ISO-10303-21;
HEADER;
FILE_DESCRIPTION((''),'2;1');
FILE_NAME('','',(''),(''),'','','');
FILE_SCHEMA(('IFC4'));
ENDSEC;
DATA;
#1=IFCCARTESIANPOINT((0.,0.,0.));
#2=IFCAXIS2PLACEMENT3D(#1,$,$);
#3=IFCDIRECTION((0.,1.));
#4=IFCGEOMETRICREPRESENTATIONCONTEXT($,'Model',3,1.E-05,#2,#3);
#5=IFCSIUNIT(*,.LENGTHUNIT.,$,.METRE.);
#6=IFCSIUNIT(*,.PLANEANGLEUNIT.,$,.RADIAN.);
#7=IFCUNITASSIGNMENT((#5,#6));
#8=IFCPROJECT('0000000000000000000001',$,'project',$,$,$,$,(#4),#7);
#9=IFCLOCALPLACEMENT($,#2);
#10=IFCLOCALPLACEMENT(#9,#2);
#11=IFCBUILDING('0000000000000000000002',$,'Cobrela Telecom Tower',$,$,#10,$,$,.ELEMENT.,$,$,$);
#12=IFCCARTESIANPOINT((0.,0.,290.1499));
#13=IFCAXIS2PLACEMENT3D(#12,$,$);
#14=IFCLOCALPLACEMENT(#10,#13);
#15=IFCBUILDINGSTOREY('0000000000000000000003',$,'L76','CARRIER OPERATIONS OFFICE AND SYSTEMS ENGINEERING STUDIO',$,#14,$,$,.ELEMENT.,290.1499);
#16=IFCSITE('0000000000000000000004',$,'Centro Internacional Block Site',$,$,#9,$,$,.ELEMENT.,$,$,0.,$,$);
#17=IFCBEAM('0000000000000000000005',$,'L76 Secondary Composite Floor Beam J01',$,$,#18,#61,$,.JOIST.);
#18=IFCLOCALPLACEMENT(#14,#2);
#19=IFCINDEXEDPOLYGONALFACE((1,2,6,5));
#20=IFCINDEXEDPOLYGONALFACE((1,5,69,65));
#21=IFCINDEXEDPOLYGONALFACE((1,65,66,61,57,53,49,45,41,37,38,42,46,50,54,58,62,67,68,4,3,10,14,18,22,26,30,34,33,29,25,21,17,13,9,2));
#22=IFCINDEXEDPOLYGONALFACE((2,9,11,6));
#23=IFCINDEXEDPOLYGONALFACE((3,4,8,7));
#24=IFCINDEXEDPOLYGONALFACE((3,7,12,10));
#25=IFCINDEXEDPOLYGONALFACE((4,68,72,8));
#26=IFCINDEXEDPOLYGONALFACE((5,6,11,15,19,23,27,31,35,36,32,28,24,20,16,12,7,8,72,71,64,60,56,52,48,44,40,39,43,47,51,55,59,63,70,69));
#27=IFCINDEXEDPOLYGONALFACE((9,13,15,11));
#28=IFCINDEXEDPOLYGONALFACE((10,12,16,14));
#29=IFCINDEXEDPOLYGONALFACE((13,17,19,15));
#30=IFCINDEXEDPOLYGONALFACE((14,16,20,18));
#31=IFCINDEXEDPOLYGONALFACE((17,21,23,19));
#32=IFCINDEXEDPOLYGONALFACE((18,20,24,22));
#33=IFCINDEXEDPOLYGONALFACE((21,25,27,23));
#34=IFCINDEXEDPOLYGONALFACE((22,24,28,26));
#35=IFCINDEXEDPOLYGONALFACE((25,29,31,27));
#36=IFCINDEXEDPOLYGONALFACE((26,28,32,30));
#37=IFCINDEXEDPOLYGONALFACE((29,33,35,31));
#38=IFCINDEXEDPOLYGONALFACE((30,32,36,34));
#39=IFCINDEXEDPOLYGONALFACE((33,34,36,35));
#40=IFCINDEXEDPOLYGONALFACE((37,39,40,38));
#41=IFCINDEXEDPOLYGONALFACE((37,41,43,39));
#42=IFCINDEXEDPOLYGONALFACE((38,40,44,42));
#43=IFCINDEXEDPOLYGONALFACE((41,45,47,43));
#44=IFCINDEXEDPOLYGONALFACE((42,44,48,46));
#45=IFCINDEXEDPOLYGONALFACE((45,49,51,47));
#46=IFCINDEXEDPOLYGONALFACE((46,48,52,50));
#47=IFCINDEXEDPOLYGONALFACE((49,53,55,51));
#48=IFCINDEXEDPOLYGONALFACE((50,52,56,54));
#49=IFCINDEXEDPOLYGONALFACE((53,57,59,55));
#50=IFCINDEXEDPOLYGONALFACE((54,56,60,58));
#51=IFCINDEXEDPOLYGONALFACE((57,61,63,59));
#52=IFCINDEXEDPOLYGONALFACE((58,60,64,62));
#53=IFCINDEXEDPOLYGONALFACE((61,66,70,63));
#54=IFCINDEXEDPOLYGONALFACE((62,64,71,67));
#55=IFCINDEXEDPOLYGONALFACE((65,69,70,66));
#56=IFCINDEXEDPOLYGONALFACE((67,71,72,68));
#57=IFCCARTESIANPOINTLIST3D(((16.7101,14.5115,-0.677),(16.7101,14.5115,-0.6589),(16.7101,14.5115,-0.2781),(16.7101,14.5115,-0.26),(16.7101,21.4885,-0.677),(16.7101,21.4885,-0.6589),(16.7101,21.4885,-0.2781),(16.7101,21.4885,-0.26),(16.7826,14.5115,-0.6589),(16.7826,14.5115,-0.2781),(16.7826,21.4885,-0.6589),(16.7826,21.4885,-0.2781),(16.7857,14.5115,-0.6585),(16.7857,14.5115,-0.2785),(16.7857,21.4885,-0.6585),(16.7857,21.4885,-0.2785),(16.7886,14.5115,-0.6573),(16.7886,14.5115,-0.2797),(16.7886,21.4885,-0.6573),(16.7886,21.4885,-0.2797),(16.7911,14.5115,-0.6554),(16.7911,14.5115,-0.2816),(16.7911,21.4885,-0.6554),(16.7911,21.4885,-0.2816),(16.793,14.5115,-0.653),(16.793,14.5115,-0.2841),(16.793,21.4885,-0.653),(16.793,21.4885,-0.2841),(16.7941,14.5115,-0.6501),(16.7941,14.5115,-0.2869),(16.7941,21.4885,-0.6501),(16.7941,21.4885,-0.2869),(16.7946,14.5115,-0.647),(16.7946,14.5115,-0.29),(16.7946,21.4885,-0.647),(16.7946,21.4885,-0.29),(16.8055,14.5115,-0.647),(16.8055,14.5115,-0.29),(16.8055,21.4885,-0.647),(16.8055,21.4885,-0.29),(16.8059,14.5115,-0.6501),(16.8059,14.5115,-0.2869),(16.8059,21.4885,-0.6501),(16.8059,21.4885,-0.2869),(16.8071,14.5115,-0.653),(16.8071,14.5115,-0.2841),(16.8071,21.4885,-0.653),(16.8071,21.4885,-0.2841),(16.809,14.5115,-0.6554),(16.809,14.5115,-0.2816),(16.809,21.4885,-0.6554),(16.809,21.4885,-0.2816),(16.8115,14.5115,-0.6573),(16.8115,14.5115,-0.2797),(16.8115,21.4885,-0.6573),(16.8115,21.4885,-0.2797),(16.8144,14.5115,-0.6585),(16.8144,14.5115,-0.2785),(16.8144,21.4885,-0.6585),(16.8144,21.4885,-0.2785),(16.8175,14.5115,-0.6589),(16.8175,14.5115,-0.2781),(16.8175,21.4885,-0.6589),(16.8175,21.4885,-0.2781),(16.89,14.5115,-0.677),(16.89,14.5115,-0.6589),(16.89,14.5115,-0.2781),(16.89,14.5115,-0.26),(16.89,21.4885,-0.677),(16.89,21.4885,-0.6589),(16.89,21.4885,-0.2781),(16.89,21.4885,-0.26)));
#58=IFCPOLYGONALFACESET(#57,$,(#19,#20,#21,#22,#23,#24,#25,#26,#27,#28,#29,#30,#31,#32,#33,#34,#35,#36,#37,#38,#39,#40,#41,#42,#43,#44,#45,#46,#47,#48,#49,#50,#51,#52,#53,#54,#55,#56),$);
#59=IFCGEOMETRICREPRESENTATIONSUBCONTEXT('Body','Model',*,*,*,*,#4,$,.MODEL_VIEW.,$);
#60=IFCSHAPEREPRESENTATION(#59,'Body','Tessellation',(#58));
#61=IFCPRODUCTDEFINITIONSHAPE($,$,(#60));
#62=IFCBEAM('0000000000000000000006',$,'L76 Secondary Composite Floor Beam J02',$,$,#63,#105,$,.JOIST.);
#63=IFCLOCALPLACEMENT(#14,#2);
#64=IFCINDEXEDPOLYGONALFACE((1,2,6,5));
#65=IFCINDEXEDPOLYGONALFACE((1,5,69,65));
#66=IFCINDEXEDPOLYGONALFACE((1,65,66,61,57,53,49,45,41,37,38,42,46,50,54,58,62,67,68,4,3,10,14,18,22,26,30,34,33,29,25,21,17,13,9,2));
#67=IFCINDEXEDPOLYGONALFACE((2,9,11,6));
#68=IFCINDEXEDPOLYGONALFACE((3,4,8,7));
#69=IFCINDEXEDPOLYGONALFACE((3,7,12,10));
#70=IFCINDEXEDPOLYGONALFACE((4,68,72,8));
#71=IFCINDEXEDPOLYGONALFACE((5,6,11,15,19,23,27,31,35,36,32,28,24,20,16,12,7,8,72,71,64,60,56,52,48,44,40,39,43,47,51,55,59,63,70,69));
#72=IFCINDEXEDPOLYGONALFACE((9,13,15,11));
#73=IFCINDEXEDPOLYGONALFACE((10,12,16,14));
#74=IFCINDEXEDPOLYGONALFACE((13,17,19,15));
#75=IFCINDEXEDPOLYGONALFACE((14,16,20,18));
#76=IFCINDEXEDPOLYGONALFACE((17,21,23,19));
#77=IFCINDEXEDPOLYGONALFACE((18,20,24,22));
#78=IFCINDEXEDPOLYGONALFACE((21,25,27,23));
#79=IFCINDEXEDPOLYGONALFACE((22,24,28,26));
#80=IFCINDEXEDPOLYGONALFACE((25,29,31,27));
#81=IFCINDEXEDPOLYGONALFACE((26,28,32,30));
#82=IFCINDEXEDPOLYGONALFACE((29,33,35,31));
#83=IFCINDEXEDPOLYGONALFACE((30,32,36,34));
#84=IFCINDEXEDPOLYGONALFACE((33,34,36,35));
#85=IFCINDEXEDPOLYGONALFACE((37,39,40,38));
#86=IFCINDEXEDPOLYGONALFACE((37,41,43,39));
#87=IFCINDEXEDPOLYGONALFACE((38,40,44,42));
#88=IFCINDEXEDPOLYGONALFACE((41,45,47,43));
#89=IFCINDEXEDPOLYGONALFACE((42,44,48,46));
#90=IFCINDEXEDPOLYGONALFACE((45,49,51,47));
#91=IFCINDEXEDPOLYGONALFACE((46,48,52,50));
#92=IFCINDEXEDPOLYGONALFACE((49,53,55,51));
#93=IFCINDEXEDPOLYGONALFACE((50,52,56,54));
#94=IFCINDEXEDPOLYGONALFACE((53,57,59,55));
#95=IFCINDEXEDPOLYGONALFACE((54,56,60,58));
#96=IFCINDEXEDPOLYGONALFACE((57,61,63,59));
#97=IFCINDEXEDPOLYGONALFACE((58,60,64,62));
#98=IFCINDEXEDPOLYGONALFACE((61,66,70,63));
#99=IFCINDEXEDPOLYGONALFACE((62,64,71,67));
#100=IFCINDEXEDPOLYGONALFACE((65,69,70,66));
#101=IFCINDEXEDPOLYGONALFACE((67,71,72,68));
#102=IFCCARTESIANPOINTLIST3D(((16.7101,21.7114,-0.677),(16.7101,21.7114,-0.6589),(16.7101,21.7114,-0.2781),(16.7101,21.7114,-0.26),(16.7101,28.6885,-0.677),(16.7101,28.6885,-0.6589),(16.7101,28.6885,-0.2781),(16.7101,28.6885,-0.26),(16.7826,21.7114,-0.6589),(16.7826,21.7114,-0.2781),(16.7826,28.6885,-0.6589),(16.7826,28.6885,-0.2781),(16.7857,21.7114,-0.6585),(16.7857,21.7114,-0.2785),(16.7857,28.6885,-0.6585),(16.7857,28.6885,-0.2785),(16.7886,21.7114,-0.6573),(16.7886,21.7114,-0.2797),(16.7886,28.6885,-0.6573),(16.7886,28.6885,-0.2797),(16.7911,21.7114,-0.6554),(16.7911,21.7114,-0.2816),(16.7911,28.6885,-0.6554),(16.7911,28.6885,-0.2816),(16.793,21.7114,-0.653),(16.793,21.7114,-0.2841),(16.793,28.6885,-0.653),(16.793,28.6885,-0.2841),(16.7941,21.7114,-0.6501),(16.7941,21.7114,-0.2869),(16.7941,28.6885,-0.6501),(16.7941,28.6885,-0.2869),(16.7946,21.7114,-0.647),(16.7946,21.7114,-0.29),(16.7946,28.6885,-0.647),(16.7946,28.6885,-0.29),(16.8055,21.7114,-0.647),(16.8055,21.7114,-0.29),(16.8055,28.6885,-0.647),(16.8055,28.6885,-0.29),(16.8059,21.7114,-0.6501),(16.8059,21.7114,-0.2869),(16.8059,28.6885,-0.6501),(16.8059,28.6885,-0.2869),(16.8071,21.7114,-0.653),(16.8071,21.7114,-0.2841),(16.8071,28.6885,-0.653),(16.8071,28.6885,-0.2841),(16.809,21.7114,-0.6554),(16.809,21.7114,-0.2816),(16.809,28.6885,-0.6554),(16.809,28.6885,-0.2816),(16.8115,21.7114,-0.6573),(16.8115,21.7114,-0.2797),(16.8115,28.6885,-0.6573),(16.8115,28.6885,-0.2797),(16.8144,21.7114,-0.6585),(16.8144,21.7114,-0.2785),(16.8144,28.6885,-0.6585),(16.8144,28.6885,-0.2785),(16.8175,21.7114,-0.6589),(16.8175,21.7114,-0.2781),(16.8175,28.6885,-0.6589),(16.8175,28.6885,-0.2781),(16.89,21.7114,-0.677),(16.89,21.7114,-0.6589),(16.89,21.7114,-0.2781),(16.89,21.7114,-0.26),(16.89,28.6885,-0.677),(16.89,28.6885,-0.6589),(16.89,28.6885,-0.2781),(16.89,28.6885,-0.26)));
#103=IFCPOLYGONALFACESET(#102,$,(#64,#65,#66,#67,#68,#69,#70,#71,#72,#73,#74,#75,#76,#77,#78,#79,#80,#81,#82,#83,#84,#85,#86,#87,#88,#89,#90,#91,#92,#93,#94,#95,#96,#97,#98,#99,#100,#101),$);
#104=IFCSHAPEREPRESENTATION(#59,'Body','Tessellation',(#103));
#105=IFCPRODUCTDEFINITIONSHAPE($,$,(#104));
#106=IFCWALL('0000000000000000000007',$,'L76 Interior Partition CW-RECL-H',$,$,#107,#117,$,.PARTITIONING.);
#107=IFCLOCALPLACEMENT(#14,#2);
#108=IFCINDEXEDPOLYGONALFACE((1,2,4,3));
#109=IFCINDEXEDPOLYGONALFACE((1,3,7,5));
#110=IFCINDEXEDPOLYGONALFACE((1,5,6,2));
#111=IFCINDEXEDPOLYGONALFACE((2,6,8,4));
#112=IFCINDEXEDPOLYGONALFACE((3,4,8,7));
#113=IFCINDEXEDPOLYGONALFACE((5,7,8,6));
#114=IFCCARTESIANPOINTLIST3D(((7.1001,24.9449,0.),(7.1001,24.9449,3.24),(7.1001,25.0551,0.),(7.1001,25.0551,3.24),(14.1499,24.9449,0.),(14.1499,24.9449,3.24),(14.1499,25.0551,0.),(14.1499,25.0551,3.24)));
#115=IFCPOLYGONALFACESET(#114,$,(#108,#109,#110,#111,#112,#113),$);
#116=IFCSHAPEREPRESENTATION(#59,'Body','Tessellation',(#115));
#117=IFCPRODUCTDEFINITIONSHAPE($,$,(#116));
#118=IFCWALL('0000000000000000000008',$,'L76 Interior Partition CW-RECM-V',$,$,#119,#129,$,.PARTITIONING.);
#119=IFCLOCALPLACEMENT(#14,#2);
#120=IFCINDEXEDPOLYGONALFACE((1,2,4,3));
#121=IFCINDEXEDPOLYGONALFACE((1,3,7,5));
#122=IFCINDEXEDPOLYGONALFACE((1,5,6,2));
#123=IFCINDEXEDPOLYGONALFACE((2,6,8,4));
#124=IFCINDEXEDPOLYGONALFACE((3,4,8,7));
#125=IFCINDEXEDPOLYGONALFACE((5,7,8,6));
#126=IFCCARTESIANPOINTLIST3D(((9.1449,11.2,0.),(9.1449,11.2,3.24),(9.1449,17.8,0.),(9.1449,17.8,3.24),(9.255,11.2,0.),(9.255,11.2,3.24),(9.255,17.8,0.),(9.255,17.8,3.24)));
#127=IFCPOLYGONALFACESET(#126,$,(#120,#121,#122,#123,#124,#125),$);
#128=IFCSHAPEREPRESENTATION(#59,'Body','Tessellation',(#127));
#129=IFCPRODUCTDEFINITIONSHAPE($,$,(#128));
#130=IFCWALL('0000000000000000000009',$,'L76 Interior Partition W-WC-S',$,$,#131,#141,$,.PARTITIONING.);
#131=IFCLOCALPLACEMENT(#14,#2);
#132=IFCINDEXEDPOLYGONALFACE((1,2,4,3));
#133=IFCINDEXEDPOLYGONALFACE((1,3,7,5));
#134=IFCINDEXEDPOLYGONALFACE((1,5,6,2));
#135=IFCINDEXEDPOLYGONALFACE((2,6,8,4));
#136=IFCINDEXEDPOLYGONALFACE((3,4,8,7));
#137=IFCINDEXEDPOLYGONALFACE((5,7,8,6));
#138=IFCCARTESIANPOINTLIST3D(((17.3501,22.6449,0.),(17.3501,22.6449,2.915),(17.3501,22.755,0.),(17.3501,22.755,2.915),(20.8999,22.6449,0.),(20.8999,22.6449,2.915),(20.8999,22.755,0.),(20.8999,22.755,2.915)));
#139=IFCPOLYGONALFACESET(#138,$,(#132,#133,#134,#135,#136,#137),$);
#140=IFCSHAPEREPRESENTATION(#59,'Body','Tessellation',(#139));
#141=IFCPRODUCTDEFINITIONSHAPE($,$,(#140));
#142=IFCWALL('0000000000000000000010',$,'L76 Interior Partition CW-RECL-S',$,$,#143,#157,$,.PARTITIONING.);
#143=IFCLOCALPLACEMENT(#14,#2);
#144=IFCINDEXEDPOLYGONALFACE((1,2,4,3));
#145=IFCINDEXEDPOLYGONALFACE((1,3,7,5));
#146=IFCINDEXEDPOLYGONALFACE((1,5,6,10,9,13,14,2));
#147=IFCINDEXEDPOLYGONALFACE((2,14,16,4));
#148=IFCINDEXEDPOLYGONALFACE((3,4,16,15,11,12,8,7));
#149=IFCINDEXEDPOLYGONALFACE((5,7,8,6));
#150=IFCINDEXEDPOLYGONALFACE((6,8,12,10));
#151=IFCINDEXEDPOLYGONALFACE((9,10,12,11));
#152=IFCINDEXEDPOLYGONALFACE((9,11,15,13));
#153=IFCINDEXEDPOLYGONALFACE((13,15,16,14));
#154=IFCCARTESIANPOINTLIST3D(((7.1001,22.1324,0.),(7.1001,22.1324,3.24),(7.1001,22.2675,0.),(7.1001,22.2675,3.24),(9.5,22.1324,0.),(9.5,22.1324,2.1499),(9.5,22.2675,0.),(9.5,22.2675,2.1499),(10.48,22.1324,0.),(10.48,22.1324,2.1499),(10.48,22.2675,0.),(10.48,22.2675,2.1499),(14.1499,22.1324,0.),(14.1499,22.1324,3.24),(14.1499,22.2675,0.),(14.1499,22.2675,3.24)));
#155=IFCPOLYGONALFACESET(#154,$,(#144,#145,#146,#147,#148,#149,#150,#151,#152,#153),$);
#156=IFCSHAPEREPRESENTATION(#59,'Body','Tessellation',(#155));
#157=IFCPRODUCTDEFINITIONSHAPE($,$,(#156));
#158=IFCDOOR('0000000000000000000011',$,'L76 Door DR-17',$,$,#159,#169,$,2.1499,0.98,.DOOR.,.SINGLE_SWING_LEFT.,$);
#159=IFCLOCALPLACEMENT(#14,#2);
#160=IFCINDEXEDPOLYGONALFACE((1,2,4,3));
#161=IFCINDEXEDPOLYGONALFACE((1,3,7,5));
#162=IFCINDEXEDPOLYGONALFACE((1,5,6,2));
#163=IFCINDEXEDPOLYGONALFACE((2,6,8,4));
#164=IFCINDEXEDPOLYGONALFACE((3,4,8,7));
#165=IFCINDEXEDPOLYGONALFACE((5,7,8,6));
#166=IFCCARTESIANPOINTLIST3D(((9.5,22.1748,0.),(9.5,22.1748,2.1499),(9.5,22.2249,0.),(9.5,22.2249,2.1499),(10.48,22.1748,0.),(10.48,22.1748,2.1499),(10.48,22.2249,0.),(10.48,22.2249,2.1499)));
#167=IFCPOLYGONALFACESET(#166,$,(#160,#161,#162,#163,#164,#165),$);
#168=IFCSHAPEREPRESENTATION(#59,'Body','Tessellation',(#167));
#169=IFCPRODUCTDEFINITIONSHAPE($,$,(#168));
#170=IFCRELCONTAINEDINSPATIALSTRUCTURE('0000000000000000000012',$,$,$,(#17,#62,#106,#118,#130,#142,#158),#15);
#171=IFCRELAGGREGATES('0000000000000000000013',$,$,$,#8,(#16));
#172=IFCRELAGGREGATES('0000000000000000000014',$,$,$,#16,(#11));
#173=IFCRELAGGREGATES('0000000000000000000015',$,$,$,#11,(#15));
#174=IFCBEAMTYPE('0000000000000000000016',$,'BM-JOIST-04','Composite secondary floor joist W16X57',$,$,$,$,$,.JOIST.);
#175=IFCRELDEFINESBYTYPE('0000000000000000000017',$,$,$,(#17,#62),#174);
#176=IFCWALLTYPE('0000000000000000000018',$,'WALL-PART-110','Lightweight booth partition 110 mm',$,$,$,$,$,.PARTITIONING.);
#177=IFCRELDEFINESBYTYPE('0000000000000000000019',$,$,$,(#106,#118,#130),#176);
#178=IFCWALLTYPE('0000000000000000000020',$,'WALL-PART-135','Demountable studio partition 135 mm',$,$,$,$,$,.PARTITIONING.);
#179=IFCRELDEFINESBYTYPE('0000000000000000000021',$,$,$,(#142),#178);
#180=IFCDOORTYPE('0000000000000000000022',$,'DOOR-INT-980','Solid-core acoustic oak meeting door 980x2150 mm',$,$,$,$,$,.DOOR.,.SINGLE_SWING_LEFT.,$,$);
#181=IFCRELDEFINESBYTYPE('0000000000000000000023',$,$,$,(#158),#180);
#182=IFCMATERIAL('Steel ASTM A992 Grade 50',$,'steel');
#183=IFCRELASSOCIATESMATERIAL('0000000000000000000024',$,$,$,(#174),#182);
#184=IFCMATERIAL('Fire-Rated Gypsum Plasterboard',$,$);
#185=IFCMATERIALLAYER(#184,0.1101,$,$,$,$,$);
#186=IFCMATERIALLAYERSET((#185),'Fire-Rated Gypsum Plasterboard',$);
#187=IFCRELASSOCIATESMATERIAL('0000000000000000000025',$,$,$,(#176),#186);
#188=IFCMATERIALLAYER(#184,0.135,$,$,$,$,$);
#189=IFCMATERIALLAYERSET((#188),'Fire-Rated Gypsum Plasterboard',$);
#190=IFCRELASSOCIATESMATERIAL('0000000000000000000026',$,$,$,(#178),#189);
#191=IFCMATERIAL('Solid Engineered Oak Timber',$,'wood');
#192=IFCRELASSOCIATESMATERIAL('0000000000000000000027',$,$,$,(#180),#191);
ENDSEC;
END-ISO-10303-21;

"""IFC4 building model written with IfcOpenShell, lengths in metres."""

from ifc_helpers import new_model, si_unit, direction, frame, frame_2d, origin, origin_2d, place, context, subcontext, project, spatial, rectangle, i_section, extrude, material, layer, layer_set, material_profile, profile_set, type_object, element, fill, save


model = new_model("IFC4")

# Units and contexts
model_context = context("Model", 3, precision=1e-05, world=origin(), true_north=direction((0.0, 1.0)))
body_context = subcontext(model_context, "Body", "Model", "MODEL_VIEW")
ifc_project = project(units=[si_unit("LENGTHUNIT", "METRE"), si_unit("PLANEANGLEUNIT", "RADIAN")], contexts=[model_context])

# Site, building, storey
site_placement = place(None, origin())
site = spatial("IfcSite", under=ifc_project, at=site_placement, Name="Centro Internacional Block Site", CompositionType="ELEMENT", RefElevation=0.0)
building_placement = place(site_placement, origin())
building = spatial("IfcBuilding", under=site, at=building_placement, Name="Cobrela Telecom Tower", CompositionType="ELEMENT")
storey_placement = place(building_placement, frame((0.0, 0.0, 290.1499)))
storey = spatial("IfcBuildingStorey", under=building, at=storey_placement, Name="L76", Description="CARRIER OPERATIONS OFFICE AND SYSTEMS ENGINEERING STUDIO", CompositionType="ELEMENT", Elevation=290.1499)

# Beams
ifc_material_1 = material(Name="Steel ASTM A992 Grade 50", Category="steel")
ifc_material_profile_1 = material_profile(ifc_material_1, i_section(OverallWidth=0.1799, OverallDepth=0.417, WebThickness=0.011, FlangeThickness=0.0181, FilletRadius=0.012, at=origin_2d()), Name="W16X57")
ifc_profile_set_1 = profile_set([ifc_material_profile_1], Name="Steel ASTM A992 Grade 50")
beam_type_1 = type_object("IfcBeamType", Name="BM-JOIST-04", Description="Composite secondary floor joist W16X57", PredefinedType="JOIST", material=ifc_profile_set_1)
for number, where, z_axis, x_axis, name in (
    (1, (16.8, 14.5115, -0.4685), (0.0, 1.0, 0.0), (-1.0, 0.0, 0.0), "L76 Secondary Composite Floor Beam J01"),
    (2, (16.8, 21.7114, -0.4685), (0.0, 1.0, 0.0), (-1.0, 0.0, 0.0), "L76 Secondary Composite Floor Beam J02"),
):
    element("IfcBeam", number, at=place(storey_placement, frame(where, z_axis=z_axis, x_axis=x_axis)), inside=storey, type_object=beam_type_1, Name=name, PredefinedType="JOIST", context=body_context, shape_type="SweptSolid", body=[
        extrude(i_section(OverallWidth=0.1799, OverallDepth=0.417, WebThickness=0.011, FlangeThickness=0.0181, FilletRadius=0.012, at=origin_2d()), origin(), (0.0, 0.0, 1.0), 6.9771),
    ])

# Walls
ifc_material_2 = material(Name="Fire-Rated Gypsum Plasterboard")
ifc_layer_1 = layer(ifc_material_2, 0.1101)
ifc_layer_set_1 = layer_set([ifc_layer_1], Name="Fire-Rated Gypsum Plasterboard")
wall_type_1 = type_object("IfcWallType", Name="WALL-PART-110", Description="Lightweight booth partition 110 mm", PredefinedType="PARTITIONING", material=ifc_layer_set_1)
wall_1_placement = place(storey_placement, frame((7.1001, 25.0, 0.0), z_axis=(0.0, 0.0, 1.0), x_axis=(1.0, 0.0, 0.0)))
element("IfcWall", 3, at=wall_1_placement, inside=storey, type_object=wall_type_1, Name="L76 Interior Partition CW-RECL-H", PredefinedType="PARTITIONING", context=body_context, shape_type="SweptSolid", body=[
    extrude(rectangle(XDim=7.0498, YDim=0.1101, at=frame_2d((3.5249, 0.0))), origin(), (0.0, 0.0, 1.0), 3.24),
])
wall_2_placement = place(storey_placement, frame((9.2, 11.2, 0.0), z_axis=(0.0, 0.0, 1.0), x_axis=(0.0, 1.0, 0.0)))
element("IfcWall", 4, at=wall_2_placement, inside=storey, type_object=wall_type_1, Name="L76 Interior Partition CW-RECM-V", PredefinedType="PARTITIONING", context=body_context, shape_type="SweptSolid", body=[
    extrude(rectangle(XDim=6.6001, YDim=0.1101, at=frame_2d((3.3, 0.0))), origin(), (0.0, 0.0, 1.0), 3.24),
])
wall_3_placement = place(storey_placement, frame((17.3501, 22.7, 0.0), z_axis=(0.0, 0.0, 1.0), x_axis=(1.0, 0.0, 0.0)))
element("IfcWall", 5, at=wall_3_placement, inside=storey, type_object=wall_type_1, Name="L76 Interior Partition W-WC-S", PredefinedType="PARTITIONING", context=body_context, shape_type="SweptSolid", body=[
    extrude(rectangle(XDim=3.5498, YDim=0.1101, at=frame_2d((1.7749, 0.0))), origin(), (0.0, 0.0, 1.0), 2.915),
])

# Wall, opening, door
ifc_layer_2 = layer(ifc_material_2, 0.135)
ifc_layer_set_2 = layer_set([ifc_layer_2], Name="Fire-Rated Gypsum Plasterboard")
wall_type_2 = type_object("IfcWallType", Name="WALL-PART-135", Description="Demountable studio partition 135 mm", PredefinedType="PARTITIONING", material=ifc_layer_set_2)
wall_4_placement = place(storey_placement, frame((7.1001, 22.2, 0.0), z_axis=(0.0, 0.0, 1.0), x_axis=(1.0, 0.0, 0.0)))
wall_4 = element("IfcWall", 6, at=wall_4_placement, inside=storey, type_object=wall_type_2, Name="L76 Interior Partition CW-RECL-S", PredefinedType="PARTITIONING", context=body_context, shape_type="SweptSolid", body=[
    extrude(rectangle(XDim=7.0498, YDim=0.135, at=frame_2d((3.5249, 0.0))), origin(), (0.0, 0.0, 1.0), 3.24),
])
opening_1_placement = place(wall_4_placement, frame((2.3999, 0.0, 0.0)))
opening_1 = element("IfcOpeningElement", 7, at=opening_1_placement, cuts=wall_4, PredefinedType="OPENING", context=body_context, shape_type="SweptSolid", body=[
    extrude(rectangle(XDim=0.98, YDim=2.1499, at=frame_2d((0.49, 1.075))), frame((0.0, 0.0796, 0.0), z_axis=(0.0, -1.0, 0.0), x_axis=(1.0, 0.0, 0.0)), (0.0, 0.0, 1.0), 0.1589),
])
ifc_material_3 = material(Name="Solid Engineered Oak Timber", Category="wood")
door_type_1 = type_object("IfcDoorType", Name="DOOR-INT-980", Description="Solid-core acoustic oak meeting door 980x2150 mm", OperationType="SINGLE_SWING_LEFT", PredefinedType="DOOR", material=ifc_material_3)
door_1_placement = place(opening_1_placement, origin())
door_1 = element("IfcDoor", 8, at=door_1_placement, inside=storey, type_object=door_type_1, Name="L76 Door DR-17", OperationType="SINGLE_SWING_LEFT", OverallHeight=2.1499, OverallWidth=0.98, PredefinedType="DOOR", context=body_context, shape_type="SweptSolid", body=[
    extrude(rectangle(XDim=0.98, YDim=2.1499, at=frame_2d((0.49, 1.075))), frame((0.0, 0.0249, 0.0), z_axis=(0.0, -1.0, 0.0), x_axis=(1.0, 0.0, 0.0)), (0.0, 0.0, 1.0), 0.05),
])
fill(opening_1, door_1)

save(model, "model.ifc")
